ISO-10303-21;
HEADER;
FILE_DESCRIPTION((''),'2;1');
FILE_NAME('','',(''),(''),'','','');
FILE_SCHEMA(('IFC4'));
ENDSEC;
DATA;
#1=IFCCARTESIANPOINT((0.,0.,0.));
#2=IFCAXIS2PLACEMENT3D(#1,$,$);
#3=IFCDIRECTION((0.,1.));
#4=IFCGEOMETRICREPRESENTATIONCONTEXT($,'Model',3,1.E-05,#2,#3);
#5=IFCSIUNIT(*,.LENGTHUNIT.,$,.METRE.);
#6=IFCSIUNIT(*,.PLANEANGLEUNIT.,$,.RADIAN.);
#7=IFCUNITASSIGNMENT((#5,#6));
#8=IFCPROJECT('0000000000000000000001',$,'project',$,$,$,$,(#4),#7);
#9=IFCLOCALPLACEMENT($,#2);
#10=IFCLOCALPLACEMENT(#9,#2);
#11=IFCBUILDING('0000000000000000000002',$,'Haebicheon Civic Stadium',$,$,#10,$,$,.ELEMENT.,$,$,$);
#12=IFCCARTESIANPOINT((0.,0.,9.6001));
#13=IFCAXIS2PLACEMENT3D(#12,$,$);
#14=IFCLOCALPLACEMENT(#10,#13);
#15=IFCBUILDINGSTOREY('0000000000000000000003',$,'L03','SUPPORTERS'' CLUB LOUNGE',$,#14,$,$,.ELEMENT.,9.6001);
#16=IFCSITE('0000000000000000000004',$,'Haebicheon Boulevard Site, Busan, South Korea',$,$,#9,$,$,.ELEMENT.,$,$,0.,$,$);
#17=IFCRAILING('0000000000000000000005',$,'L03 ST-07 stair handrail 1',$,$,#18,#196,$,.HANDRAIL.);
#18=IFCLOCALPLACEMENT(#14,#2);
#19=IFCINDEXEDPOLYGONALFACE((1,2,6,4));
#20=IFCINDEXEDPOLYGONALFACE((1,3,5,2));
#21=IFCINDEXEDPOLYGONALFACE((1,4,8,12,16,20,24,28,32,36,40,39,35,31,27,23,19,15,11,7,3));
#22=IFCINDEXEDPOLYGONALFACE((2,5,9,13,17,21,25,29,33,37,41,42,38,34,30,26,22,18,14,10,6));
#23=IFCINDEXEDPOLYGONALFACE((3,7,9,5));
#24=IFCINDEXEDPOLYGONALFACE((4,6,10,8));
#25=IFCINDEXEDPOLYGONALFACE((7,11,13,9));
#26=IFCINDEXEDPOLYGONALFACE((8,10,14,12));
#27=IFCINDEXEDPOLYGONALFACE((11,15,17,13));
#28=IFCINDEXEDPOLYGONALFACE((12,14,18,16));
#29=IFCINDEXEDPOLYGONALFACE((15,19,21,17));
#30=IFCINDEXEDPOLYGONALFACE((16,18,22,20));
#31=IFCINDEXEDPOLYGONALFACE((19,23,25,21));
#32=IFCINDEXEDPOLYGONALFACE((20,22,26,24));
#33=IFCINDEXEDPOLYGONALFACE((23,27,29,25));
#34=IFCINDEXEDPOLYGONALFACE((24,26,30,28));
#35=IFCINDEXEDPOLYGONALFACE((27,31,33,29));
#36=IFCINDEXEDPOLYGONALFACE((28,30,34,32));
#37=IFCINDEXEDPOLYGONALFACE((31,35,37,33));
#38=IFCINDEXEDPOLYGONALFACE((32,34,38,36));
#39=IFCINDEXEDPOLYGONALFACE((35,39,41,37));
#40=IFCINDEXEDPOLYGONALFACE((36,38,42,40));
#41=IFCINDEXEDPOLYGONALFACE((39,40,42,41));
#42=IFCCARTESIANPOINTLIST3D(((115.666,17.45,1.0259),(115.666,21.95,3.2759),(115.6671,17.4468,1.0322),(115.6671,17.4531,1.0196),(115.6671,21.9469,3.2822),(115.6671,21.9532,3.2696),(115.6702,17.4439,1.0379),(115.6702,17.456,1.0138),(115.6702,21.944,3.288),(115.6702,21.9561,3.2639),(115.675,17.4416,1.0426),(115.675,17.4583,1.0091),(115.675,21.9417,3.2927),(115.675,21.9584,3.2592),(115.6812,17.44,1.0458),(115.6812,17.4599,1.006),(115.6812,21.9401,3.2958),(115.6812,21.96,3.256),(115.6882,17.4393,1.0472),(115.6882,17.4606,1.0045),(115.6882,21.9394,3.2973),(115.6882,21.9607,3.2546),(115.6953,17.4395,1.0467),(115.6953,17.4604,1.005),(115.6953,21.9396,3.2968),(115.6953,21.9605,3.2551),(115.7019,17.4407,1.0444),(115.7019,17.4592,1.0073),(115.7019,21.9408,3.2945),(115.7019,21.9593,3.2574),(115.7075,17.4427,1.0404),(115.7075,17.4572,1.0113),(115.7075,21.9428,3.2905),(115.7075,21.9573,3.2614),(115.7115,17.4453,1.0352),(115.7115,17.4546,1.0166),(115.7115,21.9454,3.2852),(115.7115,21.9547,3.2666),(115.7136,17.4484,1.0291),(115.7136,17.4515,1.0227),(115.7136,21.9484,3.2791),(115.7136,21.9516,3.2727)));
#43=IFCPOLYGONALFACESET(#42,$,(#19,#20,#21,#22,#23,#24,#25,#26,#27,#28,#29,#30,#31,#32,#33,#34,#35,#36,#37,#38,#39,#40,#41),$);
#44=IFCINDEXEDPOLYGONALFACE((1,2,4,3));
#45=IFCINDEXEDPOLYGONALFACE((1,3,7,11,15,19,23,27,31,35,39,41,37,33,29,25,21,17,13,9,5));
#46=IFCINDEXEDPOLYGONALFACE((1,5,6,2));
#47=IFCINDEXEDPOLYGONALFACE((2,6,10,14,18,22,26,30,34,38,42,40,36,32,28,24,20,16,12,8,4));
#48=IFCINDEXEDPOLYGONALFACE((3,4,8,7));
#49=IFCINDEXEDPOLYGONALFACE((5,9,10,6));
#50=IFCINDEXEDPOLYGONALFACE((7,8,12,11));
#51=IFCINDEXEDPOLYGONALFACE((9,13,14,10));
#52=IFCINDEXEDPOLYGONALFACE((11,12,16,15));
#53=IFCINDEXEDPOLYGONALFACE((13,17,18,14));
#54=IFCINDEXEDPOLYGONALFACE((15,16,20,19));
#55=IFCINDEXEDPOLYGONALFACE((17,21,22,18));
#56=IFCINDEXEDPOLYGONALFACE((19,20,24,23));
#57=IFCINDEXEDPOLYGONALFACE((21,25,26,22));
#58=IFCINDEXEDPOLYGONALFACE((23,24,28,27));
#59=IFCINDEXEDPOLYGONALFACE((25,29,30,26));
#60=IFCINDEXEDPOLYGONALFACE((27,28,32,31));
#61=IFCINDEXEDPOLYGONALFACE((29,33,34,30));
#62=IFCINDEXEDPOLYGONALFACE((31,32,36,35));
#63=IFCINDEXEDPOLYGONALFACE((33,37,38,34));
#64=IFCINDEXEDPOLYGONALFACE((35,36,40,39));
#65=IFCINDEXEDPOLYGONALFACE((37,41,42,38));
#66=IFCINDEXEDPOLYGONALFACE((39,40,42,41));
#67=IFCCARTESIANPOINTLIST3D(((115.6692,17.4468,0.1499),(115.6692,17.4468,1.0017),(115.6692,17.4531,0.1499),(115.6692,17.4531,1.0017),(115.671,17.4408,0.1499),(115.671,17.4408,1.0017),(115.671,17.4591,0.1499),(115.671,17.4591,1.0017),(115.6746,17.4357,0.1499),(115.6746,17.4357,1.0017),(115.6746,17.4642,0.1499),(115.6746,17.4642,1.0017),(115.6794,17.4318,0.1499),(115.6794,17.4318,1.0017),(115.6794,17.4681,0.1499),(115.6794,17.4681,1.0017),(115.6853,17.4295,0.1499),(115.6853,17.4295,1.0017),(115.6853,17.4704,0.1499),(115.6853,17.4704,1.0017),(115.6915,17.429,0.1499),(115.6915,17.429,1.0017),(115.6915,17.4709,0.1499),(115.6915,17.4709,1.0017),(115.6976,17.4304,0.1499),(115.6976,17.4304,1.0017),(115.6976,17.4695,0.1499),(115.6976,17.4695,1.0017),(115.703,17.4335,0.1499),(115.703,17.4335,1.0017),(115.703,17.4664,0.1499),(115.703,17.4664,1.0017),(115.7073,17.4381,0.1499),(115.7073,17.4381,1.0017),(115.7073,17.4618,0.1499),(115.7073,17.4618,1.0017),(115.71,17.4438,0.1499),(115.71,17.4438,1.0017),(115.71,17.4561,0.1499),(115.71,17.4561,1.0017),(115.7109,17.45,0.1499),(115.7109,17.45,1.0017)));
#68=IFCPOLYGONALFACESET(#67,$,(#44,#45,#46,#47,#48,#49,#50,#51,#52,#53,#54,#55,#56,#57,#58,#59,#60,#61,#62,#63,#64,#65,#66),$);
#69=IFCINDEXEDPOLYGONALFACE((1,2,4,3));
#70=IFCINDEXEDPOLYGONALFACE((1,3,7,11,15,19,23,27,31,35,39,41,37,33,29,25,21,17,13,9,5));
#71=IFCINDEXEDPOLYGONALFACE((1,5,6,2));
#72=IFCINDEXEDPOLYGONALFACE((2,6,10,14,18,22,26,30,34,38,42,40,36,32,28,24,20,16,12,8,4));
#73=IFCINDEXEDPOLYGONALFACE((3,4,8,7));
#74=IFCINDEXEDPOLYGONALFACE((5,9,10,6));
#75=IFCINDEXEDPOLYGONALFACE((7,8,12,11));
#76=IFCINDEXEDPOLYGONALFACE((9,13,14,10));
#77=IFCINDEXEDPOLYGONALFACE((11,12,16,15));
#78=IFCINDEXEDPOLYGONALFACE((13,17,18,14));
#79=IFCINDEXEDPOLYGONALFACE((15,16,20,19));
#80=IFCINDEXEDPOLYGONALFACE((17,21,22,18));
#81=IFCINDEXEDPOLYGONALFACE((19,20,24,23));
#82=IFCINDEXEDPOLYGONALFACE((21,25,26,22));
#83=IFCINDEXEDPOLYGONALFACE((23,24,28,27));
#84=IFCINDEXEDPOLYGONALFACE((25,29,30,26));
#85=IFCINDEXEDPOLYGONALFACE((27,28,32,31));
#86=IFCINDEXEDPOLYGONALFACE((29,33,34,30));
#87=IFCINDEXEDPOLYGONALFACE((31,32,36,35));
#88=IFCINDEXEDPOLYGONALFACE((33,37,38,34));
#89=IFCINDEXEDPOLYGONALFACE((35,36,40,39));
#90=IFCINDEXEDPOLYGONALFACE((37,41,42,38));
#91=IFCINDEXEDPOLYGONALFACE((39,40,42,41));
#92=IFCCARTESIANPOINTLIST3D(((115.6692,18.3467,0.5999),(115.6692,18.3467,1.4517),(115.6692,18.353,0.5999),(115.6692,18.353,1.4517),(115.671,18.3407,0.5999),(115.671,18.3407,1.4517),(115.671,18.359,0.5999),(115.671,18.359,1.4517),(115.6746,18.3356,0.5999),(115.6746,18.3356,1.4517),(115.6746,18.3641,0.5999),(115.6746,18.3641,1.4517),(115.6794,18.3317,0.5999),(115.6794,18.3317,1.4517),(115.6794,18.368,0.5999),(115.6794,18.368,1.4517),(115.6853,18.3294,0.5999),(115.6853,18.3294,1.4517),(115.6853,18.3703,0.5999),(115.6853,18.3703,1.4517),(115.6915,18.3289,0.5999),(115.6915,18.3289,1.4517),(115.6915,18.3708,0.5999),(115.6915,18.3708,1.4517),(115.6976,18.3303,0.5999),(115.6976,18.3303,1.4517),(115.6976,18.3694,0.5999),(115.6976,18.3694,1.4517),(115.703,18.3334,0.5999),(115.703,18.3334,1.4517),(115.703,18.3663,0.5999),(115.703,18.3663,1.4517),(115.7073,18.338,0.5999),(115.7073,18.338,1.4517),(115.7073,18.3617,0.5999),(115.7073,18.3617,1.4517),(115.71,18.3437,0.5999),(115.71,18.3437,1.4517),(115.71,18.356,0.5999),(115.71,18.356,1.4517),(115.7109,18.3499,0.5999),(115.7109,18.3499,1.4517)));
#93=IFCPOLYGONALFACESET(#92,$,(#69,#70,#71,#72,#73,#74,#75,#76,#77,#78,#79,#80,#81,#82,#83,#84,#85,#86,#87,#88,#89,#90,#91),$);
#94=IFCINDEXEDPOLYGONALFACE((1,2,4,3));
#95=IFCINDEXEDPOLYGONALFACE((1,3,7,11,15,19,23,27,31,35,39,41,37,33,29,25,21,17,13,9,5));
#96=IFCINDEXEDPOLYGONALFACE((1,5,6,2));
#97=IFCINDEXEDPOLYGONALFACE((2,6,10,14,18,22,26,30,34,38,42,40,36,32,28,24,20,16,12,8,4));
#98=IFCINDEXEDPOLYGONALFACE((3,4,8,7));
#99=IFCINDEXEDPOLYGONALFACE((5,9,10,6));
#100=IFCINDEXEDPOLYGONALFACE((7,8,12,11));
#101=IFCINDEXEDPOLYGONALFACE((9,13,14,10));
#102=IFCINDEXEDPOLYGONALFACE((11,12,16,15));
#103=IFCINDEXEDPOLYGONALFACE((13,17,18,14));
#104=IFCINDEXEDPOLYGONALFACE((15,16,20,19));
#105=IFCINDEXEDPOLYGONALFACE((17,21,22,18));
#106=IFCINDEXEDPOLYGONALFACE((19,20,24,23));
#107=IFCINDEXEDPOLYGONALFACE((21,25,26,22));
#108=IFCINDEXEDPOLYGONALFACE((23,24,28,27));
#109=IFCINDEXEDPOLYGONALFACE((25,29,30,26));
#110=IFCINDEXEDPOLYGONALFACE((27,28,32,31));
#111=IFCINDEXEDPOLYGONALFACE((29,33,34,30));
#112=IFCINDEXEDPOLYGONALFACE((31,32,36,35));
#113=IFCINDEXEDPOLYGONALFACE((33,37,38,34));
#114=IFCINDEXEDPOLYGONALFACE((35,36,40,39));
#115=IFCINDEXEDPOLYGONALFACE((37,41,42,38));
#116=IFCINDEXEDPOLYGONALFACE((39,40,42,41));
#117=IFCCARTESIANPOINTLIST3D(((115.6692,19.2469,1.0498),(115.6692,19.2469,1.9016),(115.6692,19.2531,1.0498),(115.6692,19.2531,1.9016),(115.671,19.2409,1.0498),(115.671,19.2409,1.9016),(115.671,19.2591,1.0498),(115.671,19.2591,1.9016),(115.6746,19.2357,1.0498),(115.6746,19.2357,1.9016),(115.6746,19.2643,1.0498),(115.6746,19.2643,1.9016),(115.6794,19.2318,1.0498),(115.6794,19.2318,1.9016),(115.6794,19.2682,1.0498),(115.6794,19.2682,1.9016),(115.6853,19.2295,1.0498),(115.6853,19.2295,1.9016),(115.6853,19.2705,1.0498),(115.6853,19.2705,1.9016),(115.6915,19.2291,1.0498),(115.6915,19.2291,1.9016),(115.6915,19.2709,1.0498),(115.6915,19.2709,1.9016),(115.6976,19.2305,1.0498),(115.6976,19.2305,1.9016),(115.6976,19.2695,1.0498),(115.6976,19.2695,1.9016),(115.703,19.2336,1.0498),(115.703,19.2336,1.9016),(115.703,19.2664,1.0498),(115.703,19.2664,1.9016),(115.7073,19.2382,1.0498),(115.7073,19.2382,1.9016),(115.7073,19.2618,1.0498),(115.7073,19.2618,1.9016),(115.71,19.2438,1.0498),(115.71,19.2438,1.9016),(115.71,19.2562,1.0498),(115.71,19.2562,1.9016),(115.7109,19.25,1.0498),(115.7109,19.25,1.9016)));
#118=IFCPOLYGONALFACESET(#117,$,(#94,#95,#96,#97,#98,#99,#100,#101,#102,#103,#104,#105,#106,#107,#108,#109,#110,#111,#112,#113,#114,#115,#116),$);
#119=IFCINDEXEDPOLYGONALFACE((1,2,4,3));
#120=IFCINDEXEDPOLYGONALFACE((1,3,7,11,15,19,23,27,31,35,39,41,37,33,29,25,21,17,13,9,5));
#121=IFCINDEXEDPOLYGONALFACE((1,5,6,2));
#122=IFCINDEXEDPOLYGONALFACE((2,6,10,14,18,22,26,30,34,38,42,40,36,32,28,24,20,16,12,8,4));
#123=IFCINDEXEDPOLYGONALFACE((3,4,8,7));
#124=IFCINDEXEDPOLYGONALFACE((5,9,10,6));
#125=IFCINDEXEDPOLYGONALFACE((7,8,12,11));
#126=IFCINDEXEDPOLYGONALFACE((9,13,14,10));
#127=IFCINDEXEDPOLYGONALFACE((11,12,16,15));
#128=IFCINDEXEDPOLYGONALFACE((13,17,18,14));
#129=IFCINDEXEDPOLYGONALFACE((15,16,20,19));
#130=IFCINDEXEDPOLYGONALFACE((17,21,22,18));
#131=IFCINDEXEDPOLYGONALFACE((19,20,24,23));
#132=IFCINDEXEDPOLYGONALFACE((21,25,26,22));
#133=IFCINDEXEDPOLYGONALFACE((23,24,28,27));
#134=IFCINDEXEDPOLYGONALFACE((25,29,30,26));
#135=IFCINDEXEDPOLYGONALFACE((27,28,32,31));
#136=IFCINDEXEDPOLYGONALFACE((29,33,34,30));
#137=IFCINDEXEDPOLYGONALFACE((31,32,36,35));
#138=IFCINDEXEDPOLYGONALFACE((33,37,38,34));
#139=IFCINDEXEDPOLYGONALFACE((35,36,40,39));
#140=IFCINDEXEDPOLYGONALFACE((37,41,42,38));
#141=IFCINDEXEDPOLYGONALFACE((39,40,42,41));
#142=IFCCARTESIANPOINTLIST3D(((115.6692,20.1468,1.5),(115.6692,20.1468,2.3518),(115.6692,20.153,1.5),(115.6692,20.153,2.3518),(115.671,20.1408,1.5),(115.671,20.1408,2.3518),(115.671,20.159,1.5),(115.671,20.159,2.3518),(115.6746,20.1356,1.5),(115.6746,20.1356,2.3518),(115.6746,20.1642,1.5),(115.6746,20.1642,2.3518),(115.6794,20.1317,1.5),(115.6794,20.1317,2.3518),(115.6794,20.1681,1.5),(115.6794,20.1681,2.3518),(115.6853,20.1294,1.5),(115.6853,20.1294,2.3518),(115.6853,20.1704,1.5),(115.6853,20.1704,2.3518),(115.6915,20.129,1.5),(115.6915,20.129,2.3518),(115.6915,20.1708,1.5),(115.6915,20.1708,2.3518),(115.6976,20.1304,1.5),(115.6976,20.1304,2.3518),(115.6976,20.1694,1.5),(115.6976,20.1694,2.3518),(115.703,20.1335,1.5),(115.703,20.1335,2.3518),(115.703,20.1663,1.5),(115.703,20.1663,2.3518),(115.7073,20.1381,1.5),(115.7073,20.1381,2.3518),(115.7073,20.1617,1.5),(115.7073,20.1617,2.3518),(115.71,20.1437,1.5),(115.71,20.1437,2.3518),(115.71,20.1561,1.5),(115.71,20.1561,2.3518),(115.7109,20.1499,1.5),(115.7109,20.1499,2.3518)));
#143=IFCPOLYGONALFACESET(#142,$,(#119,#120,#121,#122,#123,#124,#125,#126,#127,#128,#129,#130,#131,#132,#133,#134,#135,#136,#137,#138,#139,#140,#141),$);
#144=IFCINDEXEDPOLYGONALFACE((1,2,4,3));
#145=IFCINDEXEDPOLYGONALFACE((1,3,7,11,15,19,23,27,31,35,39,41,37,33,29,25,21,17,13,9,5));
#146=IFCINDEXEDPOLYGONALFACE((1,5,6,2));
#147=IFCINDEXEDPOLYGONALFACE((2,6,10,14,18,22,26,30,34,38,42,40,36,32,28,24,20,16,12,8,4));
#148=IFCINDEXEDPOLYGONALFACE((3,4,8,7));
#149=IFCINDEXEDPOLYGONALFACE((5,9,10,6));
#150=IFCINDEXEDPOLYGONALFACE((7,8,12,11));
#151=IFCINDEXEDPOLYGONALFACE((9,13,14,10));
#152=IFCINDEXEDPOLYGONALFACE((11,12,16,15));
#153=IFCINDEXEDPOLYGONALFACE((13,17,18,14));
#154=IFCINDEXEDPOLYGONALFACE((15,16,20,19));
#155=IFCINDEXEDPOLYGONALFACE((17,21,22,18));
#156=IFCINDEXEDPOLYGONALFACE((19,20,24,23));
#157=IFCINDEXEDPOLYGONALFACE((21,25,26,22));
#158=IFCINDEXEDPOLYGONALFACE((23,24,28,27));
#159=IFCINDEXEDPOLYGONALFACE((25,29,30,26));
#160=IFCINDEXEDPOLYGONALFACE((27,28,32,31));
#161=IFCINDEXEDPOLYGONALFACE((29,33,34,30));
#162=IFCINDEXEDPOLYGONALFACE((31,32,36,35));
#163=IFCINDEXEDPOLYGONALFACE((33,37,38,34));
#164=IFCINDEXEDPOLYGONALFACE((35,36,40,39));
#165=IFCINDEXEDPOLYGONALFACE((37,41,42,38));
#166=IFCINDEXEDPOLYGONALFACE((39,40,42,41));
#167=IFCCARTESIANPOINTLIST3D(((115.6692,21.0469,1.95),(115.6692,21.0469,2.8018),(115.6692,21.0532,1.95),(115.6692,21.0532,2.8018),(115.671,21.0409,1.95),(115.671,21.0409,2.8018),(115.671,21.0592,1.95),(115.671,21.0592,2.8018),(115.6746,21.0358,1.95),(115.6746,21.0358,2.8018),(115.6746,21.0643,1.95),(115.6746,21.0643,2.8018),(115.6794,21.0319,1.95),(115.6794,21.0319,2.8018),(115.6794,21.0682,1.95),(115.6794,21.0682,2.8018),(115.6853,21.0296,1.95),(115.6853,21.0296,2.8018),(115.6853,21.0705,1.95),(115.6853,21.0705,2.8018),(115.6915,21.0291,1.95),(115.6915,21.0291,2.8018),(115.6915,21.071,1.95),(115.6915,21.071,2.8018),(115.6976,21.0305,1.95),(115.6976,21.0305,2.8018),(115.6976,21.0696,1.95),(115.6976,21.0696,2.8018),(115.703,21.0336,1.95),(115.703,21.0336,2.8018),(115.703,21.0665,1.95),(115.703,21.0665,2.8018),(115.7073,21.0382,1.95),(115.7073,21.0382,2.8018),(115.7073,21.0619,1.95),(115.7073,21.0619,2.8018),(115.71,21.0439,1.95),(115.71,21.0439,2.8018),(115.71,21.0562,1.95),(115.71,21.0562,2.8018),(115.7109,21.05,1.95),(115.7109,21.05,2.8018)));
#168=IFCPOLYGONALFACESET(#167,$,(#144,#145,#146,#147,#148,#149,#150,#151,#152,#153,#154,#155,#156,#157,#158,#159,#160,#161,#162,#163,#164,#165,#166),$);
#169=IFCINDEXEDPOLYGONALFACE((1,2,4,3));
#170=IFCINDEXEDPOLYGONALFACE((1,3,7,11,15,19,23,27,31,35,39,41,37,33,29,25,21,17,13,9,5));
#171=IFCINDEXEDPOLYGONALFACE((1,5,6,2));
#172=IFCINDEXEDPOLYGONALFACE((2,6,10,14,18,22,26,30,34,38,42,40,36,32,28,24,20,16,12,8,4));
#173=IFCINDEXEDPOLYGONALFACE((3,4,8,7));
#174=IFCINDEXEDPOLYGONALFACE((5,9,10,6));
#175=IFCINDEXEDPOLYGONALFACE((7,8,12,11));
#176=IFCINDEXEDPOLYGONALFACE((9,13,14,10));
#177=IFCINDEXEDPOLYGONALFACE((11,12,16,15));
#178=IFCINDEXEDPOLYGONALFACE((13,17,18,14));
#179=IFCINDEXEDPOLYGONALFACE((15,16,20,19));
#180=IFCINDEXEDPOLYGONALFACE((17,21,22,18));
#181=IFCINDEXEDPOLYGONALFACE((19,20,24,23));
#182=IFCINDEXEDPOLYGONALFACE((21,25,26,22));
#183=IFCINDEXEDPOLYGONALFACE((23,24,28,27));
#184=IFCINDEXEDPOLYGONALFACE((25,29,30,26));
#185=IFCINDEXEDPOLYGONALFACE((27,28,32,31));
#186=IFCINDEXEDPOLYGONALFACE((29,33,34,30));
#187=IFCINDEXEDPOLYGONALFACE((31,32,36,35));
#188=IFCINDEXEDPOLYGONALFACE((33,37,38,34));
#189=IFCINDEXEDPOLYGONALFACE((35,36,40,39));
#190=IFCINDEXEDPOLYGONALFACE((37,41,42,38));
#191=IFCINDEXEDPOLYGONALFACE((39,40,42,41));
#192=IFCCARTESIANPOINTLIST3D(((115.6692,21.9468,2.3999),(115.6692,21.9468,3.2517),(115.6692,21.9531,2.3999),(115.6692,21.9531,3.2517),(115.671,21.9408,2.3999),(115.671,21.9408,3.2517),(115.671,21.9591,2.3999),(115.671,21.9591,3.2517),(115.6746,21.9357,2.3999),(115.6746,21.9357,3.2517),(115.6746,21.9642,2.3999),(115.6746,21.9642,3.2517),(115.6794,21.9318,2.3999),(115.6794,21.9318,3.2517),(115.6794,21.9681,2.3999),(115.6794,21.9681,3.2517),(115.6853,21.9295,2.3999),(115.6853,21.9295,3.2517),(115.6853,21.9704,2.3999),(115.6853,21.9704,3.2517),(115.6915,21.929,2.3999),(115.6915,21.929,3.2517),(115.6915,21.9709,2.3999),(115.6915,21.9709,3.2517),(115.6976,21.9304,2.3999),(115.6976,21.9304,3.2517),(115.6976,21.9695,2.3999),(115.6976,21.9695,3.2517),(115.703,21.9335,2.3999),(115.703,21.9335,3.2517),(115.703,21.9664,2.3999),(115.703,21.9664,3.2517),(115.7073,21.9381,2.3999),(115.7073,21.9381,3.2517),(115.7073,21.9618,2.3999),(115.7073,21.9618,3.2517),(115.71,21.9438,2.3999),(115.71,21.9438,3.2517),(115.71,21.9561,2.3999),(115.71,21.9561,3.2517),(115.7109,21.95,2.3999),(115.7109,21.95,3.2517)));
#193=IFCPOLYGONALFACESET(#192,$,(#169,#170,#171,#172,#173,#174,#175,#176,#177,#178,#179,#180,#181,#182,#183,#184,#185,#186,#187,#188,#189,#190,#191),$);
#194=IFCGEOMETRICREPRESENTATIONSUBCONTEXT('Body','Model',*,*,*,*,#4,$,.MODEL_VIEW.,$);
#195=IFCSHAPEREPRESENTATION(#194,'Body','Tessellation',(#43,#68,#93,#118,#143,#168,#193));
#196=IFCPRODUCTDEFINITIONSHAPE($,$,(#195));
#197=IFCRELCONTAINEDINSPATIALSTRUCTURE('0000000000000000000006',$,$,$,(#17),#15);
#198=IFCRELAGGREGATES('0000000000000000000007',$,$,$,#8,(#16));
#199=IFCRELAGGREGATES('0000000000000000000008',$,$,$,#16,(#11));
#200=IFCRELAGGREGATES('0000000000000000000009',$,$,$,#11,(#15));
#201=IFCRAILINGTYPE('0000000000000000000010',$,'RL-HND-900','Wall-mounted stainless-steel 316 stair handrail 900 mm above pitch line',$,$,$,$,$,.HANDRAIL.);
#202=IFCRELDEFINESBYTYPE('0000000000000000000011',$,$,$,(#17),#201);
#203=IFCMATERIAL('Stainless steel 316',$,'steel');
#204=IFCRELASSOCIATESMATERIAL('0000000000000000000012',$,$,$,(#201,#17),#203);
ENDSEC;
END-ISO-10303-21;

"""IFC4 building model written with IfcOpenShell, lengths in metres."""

from ifc_helpers import new_model, si_unit, direction, frame, origin, origin_2d, place, context, subcontext, project, spatial, circle, extrude, material, type_object, element, save


model = new_model("IFC4")

# Units and contexts
model_context = context("Model", 3, precision=1e-05, world=origin(), true_north=direction((0.0, 1.0)))
body_context = subcontext(model_context, "Body", "Model", "MODEL_VIEW")
ifc_project = project(units=[si_unit("LENGTHUNIT", "METRE"), si_unit("PLANEANGLEUNIT", "RADIAN")], contexts=[model_context])

# Site, building, storey
site_placement = place(None, origin())
site = spatial("IfcSite", under=ifc_project, at=site_placement, Name="Haebicheon Boulevard Site, Busan, South Korea", CompositionType="ELEMENT", RefElevation=0.0)
building_placement = place(site_placement, origin())
building = spatial("IfcBuilding", under=site, at=building_placement, Name="Haebicheon Civic Stadium", CompositionType="ELEMENT")
storey_placement = place(building_placement, frame((0.0, 0.0, 9.6001)))
storey = spatial("IfcBuildingStorey", under=building, at=storey_placement, Name="L03", Description="SUPPORTERS' CLUB LOUNGE", CompositionType="ELEMENT", Elevation=9.6001)

# Railing
ifc_material_1 = material(Name="Stainless steel 316", Category="steel")
railing_type_1 = type_object("IfcRailingType", Name="RL-HND-900", Description="Wall-mounted stainless-steel 316 stair handrail 900 mm above pitch line", PredefinedType="HANDRAIL", material=ifc_material_1)
railing_1_placement = place(storey_placement, frame((115.6899, 17.45, 0.1499)))
element("IfcRailing", 1, at=railing_1_placement, inside=storey, type_object=railing_type_1, material=ifc_material_1, Name="L03 ST-07 stair handrail 1", PredefinedType="HANDRAIL", context=body_context, shape_type="SweptSolid", body=[
    extrude(circle(Radius=0.0239, at=origin_2d()), frame((0.0, 0.0, 0.876), z_axis=(0.0, 0.894427, 0.447214), x_axis=(-1.0, 0.0, 0.0)), (0.0, 0.0, 1.0), 5.0312),
    extrude(circle(Radius=0.021, at=origin_2d()), origin(), (0.0, 0.0, 1.0), 0.8518),
    extrude(circle(Radius=0.021, at=origin_2d()), frame((0.0, 0.8999, 0.45)), (0.0, 0.0, 1.0), 0.8518),
    extrude(circle(Radius=0.021, at=origin_2d()), frame((0.0, 1.8, 0.8999)), (0.0, 0.0, 1.0), 0.8518),
    extrude(circle(Radius=0.021, at=origin_2d()), frame((0.0, 2.7, 1.3501)), (0.0, 0.0, 1.0), 0.8518),
    extrude(circle(Radius=0.021, at=origin_2d()), frame((0.0, 3.6001, 1.8)), (0.0, 0.0, 1.0), 0.8518),
    extrude(circle(Radius=0.021, at=origin_2d()), frame((0.0, 4.5, 2.25)), (0.0, 0.0, 1.0), 0.8518),
])

save(model, "model.ifc")
